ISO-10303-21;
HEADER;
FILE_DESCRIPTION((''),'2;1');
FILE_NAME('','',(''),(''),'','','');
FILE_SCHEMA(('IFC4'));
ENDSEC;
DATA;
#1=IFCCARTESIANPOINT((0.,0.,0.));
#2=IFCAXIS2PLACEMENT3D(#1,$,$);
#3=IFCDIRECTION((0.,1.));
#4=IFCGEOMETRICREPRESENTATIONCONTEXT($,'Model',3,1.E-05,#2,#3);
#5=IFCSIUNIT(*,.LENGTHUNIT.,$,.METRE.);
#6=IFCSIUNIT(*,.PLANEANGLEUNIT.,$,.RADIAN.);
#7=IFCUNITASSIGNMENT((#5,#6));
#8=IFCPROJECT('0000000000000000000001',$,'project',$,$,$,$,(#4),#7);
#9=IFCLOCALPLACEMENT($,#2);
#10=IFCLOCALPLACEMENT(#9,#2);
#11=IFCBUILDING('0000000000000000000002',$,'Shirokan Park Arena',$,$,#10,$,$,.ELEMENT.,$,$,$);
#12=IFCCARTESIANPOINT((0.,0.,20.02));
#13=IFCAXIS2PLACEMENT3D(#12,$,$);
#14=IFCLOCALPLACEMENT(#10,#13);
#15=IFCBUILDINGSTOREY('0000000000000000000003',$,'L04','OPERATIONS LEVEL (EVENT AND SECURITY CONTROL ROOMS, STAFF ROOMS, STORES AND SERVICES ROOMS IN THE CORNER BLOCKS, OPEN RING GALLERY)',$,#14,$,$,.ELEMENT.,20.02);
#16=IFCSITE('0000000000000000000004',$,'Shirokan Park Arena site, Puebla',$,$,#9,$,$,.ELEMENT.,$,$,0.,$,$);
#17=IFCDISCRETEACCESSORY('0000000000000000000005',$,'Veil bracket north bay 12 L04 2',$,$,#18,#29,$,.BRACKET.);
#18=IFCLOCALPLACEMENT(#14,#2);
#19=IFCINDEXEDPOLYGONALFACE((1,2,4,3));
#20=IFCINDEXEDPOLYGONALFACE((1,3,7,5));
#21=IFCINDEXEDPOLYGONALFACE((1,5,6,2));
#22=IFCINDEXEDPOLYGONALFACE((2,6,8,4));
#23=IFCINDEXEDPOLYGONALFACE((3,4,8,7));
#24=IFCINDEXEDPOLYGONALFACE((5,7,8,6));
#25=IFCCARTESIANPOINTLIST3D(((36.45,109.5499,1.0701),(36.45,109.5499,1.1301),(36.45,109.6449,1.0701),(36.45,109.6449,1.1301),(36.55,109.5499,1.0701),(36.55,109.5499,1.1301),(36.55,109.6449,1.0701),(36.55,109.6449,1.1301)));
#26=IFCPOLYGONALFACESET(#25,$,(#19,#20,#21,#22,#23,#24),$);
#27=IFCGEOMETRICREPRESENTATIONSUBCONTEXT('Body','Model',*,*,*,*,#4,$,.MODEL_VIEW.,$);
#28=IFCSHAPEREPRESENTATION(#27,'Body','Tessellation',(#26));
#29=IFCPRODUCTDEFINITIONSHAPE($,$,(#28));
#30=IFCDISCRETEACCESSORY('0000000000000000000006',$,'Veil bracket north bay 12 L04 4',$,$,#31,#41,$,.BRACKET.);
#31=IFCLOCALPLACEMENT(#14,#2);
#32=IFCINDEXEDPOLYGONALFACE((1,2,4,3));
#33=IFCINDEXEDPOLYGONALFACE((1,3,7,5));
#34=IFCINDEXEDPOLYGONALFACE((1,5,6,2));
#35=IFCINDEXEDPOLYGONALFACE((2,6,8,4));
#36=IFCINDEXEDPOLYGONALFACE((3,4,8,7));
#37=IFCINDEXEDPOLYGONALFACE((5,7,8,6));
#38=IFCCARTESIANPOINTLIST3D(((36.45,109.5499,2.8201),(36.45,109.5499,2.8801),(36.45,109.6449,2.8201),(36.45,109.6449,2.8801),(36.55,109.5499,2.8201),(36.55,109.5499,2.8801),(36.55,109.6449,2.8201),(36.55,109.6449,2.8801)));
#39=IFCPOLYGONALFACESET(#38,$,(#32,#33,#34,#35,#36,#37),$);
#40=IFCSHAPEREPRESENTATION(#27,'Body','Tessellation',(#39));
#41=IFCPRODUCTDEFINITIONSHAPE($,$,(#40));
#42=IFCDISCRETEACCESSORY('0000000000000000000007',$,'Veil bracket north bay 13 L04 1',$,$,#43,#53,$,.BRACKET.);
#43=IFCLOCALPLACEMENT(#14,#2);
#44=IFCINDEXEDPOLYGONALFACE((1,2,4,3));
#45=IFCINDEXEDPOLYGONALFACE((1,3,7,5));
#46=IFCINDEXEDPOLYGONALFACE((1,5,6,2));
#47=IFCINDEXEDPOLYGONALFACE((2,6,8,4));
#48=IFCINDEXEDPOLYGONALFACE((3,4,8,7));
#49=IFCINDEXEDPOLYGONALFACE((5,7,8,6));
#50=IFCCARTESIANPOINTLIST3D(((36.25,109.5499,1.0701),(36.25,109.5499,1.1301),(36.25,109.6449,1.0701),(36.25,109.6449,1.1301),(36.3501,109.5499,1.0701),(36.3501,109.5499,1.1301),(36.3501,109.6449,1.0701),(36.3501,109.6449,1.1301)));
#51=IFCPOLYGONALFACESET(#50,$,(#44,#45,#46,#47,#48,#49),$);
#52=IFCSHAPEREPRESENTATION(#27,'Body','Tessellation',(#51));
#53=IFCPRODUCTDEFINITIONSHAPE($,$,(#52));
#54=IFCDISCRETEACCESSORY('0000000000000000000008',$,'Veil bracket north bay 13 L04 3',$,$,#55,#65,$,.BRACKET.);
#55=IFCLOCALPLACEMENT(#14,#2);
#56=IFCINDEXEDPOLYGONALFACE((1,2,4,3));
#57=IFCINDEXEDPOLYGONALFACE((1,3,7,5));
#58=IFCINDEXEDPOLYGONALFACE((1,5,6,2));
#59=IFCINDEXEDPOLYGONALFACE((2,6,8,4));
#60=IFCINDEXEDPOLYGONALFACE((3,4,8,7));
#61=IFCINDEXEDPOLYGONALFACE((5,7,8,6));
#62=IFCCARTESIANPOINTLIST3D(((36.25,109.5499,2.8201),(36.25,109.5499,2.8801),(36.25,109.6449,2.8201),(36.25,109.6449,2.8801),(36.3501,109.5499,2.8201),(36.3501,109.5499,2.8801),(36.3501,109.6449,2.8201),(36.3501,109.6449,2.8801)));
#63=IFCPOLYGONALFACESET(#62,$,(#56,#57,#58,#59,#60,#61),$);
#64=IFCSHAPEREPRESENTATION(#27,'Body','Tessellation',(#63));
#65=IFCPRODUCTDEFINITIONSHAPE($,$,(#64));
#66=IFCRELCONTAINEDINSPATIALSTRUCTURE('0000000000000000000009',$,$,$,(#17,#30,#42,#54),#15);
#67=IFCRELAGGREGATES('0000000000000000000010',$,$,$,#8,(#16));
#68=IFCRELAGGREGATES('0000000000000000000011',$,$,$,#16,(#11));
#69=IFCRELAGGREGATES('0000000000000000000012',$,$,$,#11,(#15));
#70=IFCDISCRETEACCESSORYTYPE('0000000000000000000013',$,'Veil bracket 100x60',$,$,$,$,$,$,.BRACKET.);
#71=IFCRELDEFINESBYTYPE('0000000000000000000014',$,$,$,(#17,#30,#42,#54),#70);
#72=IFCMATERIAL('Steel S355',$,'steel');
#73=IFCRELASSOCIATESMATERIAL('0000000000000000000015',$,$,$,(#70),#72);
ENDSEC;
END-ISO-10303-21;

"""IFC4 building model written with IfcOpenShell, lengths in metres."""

from ifc_helpers import new_model, si_unit, direction, frame, origin, origin_2d, place, context, subcontext, project, spatial, rectangle, extrude, material, type_object, element, save


model = new_model("IFC4")

# Units and contexts
model_context = context("Model", 3, precision=1e-05, world=origin(), true_north=direction((0.0, 1.0)))
body_context = subcontext(model_context, "Body", "Model", "MODEL_VIEW")
ifc_project = project(units=[si_unit("LENGTHUNIT", "METRE"), si_unit("PLANEANGLEUNIT", "RADIAN")], contexts=[model_context])

# Site, building, storey
site_placement = place(None, origin())
site = spatial("IfcSite", under=ifc_project, at=site_placement, Name="Shirokan Park Arena site, Puebla", CompositionType="ELEMENT", RefElevation=0.0)
building_placement = place(site_placement, origin())
building = spatial("IfcBuilding", under=site, at=building_placement, Name="Shirokan Park Arena", CompositionType="ELEMENT")
storey_placement = place(building_placement, frame((0.0, 0.0, 20.02)))
storey = spatial("IfcBuildingStorey", under=building, at=storey_placement, Name="L04", Description="OPERATIONS LEVEL (EVENT AND SECURITY CONTROL ROOMS, STAFF ROOMS, STORES AND SERVICES ROOMS IN THE CORNER BLOCKS, OPEN RING GALLERY)", CompositionType="ELEMENT", Elevation=20.02)

# Shared definitions
ifc_material_1 = material(Name="Steel S355", Category="steel")

# Discrete accessories
discrete_accessory_type = type_object("IfcDiscreteAccessoryType", Name="Veil bracket 100x60", PredefinedType="BRACKET", material=ifc_material_1)
for number, where, z_axis, x_axis, name in (
    (1, (36.5, 109.5974, 1.0701), (0.0, 0.0, 1.0), (-1.0, 0.0, 0.0), "Veil bracket north bay 12 L04 2"),
    (2, (36.5, 109.5974, 2.8201), (0.0, 0.0, 1.0), (-1.0, 0.0, 0.0), "Veil bracket north bay 12 L04 4"),
    (3, (36.3, 109.5974, 1.0701), (0.0, 0.0, 1.0), (-1.0, 0.0, 0.0), "Veil bracket north bay 13 L04 1"),
    (4, (36.3, 109.5974, 2.8201), (0.0, 0.0, 1.0), (-1.0, 0.0, 0.0), "Veil bracket north bay 13 L04 3"),
):
    element("IfcDiscreteAccessory", number, at=place(storey_placement, frame(where, z_axis=z_axis, x_axis=x_axis)), inside=storey, type_object=discrete_accessory_type, Name=name, PredefinedType="BRACKET", context=body_context, shape_type="SweptSolid", body=[
        extrude(rectangle(XDim=0.1001, YDim=0.095, at=origin_2d()), origin(), (0.0, 0.0, 1.0), 0.0601),
    ])

save(model, "model.ifc")
